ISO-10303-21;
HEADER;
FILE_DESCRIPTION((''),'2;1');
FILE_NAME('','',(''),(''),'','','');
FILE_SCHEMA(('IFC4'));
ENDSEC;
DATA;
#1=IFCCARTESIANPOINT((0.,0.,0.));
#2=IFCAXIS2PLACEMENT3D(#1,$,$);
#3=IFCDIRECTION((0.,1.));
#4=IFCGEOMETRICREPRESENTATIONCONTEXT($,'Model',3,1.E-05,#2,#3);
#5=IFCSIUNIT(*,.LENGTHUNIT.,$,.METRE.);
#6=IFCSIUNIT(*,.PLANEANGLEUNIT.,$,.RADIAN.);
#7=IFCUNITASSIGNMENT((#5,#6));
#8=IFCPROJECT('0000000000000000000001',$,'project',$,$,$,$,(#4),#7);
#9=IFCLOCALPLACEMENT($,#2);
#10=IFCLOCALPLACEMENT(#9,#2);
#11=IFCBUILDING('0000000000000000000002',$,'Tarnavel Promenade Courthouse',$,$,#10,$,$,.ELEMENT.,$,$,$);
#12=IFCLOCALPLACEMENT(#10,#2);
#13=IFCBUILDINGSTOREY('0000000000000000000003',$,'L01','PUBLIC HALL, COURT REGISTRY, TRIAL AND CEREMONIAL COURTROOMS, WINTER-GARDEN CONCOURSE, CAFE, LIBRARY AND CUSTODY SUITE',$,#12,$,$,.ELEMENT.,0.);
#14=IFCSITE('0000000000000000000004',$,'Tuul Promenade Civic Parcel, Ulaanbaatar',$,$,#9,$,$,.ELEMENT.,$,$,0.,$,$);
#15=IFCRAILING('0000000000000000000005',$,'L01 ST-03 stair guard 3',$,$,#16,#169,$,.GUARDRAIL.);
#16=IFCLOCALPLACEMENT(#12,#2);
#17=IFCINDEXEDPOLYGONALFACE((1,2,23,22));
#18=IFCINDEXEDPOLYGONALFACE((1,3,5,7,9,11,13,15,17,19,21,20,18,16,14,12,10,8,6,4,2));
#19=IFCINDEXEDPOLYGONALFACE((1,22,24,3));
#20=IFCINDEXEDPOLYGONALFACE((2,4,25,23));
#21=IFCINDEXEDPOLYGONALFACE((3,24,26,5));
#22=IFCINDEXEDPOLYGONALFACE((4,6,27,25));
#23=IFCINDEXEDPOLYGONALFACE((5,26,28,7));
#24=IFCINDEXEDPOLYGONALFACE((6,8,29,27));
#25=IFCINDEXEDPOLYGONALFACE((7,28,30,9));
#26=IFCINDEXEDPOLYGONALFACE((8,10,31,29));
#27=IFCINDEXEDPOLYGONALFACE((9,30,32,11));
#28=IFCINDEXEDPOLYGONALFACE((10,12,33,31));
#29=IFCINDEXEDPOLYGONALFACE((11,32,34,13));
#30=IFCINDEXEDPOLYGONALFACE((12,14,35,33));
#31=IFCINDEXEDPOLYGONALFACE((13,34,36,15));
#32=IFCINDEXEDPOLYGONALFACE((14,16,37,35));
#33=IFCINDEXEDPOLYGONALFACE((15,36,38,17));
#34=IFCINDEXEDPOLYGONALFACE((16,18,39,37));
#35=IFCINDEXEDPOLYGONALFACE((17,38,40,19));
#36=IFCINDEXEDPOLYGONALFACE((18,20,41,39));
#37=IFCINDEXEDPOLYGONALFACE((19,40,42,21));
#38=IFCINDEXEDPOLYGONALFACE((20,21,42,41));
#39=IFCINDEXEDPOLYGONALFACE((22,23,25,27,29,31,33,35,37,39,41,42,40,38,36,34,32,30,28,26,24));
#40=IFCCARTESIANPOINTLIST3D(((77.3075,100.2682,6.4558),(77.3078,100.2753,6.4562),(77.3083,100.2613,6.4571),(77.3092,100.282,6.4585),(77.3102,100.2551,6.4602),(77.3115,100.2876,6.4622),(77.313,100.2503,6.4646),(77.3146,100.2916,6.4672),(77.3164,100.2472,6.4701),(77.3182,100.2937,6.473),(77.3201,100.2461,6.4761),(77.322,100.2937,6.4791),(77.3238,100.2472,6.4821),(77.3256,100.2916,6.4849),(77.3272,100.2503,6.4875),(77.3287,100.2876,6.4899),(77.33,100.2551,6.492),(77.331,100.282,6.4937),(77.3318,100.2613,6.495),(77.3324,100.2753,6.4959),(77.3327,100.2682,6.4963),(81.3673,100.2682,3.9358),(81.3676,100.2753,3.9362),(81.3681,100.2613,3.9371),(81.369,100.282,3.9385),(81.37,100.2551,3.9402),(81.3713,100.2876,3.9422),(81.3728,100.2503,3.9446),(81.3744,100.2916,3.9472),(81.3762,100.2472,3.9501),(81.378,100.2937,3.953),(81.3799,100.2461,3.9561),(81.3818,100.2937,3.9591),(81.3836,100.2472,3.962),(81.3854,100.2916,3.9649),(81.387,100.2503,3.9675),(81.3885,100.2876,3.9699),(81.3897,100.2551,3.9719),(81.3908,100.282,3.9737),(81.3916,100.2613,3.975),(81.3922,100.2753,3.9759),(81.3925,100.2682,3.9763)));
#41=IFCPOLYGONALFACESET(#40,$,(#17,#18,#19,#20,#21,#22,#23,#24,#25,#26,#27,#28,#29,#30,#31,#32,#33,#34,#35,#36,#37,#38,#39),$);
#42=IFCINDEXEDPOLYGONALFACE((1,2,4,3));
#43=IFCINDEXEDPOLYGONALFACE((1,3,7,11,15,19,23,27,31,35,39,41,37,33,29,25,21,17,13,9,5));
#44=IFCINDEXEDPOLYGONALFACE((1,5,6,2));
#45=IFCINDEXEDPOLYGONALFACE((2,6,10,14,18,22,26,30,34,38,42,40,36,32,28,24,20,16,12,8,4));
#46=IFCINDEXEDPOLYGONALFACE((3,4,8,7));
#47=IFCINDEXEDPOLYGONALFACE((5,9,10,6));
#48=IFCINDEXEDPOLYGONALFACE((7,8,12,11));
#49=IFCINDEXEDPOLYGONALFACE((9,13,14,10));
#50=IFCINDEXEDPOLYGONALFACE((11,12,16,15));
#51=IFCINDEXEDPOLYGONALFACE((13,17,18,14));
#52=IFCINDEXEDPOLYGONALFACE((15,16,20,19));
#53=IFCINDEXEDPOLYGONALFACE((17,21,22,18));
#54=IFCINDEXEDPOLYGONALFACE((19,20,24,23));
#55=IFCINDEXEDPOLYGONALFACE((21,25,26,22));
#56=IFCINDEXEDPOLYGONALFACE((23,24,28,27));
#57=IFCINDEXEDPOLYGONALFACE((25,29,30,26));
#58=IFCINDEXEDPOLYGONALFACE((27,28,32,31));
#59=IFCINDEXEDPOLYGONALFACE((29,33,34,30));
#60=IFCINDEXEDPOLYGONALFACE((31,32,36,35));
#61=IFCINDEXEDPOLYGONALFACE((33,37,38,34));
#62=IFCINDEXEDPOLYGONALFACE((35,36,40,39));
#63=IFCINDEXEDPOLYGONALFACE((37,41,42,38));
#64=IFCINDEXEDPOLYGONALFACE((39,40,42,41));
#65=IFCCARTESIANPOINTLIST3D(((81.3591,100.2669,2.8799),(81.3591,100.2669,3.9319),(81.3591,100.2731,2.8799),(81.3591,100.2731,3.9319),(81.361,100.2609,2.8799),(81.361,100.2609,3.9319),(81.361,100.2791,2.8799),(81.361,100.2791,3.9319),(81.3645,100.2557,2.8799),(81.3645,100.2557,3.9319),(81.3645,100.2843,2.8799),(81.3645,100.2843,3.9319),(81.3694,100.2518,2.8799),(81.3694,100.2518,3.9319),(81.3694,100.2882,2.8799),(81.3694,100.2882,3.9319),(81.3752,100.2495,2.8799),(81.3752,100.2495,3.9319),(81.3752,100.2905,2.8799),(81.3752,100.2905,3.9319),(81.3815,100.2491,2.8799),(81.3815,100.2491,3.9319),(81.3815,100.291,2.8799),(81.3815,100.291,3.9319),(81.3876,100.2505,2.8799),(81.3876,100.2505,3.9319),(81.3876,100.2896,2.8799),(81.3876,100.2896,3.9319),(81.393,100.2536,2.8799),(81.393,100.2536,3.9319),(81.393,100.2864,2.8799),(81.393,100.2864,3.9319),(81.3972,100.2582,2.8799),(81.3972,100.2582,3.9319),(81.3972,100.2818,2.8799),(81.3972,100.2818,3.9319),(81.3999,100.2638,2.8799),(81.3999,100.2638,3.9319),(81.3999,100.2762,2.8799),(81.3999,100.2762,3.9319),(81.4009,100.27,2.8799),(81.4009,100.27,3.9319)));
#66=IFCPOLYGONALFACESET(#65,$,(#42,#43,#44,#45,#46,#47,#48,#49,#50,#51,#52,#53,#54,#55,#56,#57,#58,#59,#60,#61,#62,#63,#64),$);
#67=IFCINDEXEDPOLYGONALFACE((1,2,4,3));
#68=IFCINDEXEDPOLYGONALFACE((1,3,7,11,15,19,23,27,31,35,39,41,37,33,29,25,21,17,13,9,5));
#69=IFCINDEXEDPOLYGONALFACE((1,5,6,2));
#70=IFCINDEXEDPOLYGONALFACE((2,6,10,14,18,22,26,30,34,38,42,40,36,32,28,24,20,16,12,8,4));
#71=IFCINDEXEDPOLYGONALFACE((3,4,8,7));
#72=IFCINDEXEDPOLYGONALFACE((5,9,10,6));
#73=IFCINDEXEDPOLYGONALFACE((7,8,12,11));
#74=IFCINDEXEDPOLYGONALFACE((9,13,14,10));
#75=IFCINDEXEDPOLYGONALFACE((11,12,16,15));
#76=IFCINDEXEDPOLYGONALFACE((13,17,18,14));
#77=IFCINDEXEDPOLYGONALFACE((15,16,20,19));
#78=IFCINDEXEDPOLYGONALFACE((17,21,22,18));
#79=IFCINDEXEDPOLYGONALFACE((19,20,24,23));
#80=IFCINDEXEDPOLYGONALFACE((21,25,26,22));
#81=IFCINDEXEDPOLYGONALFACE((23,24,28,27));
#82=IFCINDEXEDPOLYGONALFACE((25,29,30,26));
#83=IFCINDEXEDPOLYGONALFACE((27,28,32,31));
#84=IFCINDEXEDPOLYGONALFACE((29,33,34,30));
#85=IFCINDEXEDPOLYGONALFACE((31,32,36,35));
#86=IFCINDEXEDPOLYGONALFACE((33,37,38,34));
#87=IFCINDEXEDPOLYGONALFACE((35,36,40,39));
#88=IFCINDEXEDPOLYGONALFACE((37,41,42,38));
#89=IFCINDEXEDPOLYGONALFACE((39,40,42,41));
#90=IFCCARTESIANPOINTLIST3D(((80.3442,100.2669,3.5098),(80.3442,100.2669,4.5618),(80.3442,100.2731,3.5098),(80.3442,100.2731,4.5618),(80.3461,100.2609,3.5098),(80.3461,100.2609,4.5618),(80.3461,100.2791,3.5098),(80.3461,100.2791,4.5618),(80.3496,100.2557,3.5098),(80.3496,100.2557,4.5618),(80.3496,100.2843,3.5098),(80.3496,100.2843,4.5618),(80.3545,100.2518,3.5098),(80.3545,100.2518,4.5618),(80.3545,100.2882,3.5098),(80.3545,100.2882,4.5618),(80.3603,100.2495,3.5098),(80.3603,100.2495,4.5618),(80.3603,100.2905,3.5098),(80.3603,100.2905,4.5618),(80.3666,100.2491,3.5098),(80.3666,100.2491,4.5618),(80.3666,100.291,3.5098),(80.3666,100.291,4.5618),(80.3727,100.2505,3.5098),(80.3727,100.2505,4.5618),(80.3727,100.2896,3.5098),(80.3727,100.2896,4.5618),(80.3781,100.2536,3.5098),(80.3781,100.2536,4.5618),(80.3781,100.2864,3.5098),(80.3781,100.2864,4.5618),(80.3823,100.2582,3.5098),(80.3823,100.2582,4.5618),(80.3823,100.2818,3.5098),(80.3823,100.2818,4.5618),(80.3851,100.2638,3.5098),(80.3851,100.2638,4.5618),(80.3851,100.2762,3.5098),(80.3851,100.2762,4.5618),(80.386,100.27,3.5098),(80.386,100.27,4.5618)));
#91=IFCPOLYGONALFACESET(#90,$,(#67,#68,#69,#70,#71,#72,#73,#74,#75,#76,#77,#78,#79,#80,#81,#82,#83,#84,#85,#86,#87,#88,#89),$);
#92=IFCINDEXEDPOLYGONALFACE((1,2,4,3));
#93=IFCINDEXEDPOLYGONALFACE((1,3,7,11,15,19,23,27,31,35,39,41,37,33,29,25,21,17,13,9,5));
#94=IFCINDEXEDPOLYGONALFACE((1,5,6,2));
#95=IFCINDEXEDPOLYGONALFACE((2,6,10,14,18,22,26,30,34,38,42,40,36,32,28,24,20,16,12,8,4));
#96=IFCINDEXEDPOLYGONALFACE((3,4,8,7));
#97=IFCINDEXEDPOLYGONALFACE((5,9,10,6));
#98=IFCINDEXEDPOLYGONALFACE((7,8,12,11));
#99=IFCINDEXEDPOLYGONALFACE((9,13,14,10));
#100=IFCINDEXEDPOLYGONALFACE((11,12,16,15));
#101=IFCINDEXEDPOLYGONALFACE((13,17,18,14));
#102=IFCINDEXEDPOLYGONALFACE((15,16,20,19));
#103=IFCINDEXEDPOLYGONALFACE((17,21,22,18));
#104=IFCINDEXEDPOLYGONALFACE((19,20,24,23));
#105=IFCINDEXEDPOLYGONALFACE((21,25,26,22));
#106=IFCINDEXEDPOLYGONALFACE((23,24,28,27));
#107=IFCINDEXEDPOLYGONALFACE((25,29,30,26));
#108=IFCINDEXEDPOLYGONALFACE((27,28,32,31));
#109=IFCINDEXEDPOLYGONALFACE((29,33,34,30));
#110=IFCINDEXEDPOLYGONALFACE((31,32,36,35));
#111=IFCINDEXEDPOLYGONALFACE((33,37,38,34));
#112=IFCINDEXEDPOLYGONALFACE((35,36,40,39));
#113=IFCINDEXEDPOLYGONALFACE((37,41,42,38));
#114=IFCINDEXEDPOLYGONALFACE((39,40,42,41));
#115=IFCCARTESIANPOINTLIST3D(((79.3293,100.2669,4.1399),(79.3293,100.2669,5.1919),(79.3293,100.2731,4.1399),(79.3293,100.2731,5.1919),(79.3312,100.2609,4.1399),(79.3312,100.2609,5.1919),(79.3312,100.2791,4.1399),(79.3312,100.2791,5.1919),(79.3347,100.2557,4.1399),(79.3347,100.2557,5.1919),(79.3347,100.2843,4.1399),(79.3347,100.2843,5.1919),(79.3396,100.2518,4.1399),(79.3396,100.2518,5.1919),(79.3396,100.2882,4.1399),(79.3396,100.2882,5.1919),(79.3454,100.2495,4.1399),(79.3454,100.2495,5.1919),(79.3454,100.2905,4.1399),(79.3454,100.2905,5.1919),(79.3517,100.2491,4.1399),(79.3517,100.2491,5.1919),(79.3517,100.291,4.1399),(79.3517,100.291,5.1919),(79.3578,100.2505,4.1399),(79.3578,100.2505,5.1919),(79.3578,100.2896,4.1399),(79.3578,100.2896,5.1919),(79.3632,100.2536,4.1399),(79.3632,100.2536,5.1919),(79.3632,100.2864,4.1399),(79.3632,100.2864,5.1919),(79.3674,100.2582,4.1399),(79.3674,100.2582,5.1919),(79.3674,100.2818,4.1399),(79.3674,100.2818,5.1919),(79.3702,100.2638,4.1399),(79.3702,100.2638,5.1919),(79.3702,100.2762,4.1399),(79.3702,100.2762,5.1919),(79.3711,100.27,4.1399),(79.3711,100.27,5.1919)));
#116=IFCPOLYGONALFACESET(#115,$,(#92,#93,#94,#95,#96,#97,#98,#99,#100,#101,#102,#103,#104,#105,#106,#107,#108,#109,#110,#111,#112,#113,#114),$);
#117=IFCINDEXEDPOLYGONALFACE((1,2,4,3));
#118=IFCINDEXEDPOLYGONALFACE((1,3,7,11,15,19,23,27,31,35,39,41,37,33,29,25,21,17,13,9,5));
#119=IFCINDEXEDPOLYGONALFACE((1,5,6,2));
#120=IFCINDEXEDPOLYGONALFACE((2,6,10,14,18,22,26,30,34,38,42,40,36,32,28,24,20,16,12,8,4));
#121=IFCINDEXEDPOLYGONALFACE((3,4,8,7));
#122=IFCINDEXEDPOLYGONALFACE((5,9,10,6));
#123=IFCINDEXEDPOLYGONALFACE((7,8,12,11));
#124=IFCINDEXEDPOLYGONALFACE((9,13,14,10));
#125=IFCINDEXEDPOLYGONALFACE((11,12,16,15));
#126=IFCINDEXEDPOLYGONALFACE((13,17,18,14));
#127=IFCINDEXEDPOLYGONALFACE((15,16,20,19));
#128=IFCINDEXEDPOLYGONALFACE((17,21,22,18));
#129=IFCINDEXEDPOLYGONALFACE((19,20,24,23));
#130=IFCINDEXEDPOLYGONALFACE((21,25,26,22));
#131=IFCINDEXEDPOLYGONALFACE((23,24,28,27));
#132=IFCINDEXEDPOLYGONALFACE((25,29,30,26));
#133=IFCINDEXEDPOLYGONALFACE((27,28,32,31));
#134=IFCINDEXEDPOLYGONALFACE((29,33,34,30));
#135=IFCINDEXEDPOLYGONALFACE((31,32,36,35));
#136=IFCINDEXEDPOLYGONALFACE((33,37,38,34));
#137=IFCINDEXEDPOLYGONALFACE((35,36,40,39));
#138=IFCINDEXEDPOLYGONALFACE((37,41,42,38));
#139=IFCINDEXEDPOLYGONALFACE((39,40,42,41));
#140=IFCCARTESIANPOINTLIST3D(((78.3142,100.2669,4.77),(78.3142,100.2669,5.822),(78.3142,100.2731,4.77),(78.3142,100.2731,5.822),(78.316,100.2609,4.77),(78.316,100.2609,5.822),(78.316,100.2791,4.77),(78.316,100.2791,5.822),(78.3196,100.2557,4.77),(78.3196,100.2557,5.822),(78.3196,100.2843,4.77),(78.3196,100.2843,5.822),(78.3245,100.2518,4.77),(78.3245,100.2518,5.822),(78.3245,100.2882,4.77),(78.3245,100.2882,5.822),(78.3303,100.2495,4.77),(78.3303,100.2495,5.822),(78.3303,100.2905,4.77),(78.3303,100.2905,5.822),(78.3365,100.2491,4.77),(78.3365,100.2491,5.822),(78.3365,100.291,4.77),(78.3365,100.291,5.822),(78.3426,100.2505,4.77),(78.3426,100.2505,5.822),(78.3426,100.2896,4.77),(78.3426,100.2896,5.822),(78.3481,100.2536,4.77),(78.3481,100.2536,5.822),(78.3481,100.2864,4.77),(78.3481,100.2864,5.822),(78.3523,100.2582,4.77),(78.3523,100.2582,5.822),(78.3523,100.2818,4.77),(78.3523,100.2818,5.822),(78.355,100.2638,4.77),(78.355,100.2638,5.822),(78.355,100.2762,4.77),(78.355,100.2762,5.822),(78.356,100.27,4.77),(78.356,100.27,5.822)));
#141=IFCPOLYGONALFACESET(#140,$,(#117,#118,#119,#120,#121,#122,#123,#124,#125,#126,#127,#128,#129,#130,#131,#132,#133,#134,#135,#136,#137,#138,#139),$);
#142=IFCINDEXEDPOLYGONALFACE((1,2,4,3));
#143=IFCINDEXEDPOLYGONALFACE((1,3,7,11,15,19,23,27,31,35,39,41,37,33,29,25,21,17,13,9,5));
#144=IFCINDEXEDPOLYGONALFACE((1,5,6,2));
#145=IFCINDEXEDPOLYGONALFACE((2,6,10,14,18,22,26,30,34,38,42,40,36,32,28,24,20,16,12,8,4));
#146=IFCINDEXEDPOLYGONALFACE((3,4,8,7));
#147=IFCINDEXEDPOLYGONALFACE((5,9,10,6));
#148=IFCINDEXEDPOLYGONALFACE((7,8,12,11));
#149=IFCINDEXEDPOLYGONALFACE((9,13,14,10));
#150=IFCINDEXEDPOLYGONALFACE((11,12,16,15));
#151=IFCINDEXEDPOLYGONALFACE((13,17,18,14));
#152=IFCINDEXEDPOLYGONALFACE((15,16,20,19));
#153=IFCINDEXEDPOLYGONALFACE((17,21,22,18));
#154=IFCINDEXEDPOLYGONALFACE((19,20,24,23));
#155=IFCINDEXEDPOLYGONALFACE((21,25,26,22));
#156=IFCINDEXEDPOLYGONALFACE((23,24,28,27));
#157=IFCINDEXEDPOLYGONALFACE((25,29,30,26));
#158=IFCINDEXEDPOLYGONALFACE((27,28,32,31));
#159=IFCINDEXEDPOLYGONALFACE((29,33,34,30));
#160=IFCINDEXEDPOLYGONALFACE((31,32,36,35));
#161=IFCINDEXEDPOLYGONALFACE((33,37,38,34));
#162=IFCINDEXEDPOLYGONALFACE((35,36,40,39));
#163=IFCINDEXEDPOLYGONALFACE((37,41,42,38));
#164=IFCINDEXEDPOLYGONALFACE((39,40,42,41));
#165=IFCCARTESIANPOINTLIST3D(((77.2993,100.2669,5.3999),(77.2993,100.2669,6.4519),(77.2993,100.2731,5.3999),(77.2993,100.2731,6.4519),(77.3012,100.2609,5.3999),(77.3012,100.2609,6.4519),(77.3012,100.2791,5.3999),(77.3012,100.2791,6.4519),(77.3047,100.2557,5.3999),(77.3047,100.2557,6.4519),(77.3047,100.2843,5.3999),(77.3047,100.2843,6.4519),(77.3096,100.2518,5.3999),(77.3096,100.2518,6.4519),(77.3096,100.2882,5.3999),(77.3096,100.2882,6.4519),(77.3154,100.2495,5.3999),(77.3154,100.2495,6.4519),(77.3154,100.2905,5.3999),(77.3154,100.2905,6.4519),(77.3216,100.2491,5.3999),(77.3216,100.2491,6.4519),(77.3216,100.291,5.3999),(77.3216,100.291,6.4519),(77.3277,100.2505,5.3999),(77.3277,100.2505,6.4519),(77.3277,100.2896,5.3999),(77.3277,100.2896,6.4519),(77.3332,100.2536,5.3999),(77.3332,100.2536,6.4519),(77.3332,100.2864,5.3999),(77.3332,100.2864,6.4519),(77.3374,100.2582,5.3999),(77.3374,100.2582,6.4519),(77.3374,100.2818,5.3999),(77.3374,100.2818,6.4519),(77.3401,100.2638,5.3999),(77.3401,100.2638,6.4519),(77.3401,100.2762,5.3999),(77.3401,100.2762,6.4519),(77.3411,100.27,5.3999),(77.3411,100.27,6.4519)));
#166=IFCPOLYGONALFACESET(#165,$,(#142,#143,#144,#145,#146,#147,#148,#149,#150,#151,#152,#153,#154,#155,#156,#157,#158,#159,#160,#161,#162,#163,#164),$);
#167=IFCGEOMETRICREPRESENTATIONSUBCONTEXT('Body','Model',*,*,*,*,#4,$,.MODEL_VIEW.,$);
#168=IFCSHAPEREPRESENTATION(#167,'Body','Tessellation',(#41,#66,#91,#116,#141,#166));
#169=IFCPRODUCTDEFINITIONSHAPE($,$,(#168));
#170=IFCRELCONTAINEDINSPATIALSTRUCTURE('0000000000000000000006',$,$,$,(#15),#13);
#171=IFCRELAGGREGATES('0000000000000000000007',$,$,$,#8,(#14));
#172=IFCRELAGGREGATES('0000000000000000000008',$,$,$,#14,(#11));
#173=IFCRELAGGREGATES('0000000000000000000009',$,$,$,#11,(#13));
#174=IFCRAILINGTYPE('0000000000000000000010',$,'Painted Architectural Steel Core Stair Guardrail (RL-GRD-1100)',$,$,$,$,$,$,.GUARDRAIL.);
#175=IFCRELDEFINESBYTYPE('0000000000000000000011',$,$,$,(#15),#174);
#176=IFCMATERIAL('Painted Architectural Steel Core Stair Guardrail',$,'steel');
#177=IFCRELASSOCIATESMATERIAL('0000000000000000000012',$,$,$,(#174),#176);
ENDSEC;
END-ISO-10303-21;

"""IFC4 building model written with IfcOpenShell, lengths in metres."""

from ifc_helpers import new_model, si_unit, direction, frame, origin, origin_2d, place, context, subcontext, project, spatial, circle, extrude, material, type_object, element, save


model = new_model("IFC4")

# Units and contexts
model_context = context("Model", 3, precision=1e-05, world=origin(), true_north=direction((0.0, 1.0)))
body_context = subcontext(model_context, "Body", "Model", "MODEL_VIEW")
ifc_project = project(units=[si_unit("LENGTHUNIT", "METRE"), si_unit("PLANEANGLEUNIT", "RADIAN")], contexts=[model_context])

# Site, building, storey
site_placement = place(None, origin())
site = spatial("IfcSite", under=ifc_project, at=site_placement, Name="Tuul Promenade Civic Parcel, Ulaanbaatar", CompositionType="ELEMENT", RefElevation=0.0)
building_placement = place(site_placement, origin())
building = spatial("IfcBuilding", under=site, at=building_placement, Name="Tarnavel Promenade Courthouse", CompositionType="ELEMENT")
storey_placement = place(building_placement, origin())
storey = spatial("IfcBuildingStorey", under=building, at=storey_placement, Name="L01", Description="PUBLIC HALL, COURT REGISTRY, TRIAL AND CEREMONIAL COURTROOMS, WINTER-GARDEN CONCOURSE, CAFE, LIBRARY AND CUSTODY SUITE", CompositionType="ELEMENT", Elevation=0.0)

# Railing
ifc_material_1 = material(Name="Painted Architectural Steel Core Stair Guardrail", Category="steel")
railing_type_1 = type_object("IfcRailingType", Name="Painted Architectural Steel Core Stair Guardrail (RL-GRD-1100)", PredefinedType="GUARDRAIL", material=ifc_material_1)
railing_1_placement = place(storey_placement, frame((81.3799, 100.27, 2.8799)))
element("IfcRailing", 1, at=railing_1_placement, inside=storey, type_object=railing_type_1, Name="L01 ST-03 stair guard 3", PredefinedType="GUARDRAIL", context=body_context, shape_type="SweptSolid", body=[
    extrude(circle(Radius=0.0239, at=origin_2d()), frame((0.0, 0.0, 1.0762), z_axis=(-0.849628, 0.0, 0.527383), x_axis=(0.0, -1.0, 0.0)), (0.0, 0.0, 1.0), 4.7783),
    extrude(circle(Radius=0.021, at=origin_2d()), origin(), (0.0, 0.0, 1.0), 1.052),
    extrude(circle(Radius=0.021, at=origin_2d()), frame((-1.0149, 0.0, 0.6299)), (0.0, 0.0, 1.0), 1.052),
    extrude(circle(Radius=0.021, at=origin_2d()), frame((-2.0298, 0.0, 1.26)), (0.0, 0.0, 1.0), 1.052),
    extrude(circle(Radius=0.021, at=origin_2d()), frame((-3.0449, 0.0, 1.8901)), (0.0, 0.0, 1.0), 1.052),
    extrude(circle(Radius=0.021, at=origin_2d()), frame((-4.0598, 0.0, 2.52)), (0.0, 0.0, 1.0), 1.052),
])

save(model, "model.ifc")
